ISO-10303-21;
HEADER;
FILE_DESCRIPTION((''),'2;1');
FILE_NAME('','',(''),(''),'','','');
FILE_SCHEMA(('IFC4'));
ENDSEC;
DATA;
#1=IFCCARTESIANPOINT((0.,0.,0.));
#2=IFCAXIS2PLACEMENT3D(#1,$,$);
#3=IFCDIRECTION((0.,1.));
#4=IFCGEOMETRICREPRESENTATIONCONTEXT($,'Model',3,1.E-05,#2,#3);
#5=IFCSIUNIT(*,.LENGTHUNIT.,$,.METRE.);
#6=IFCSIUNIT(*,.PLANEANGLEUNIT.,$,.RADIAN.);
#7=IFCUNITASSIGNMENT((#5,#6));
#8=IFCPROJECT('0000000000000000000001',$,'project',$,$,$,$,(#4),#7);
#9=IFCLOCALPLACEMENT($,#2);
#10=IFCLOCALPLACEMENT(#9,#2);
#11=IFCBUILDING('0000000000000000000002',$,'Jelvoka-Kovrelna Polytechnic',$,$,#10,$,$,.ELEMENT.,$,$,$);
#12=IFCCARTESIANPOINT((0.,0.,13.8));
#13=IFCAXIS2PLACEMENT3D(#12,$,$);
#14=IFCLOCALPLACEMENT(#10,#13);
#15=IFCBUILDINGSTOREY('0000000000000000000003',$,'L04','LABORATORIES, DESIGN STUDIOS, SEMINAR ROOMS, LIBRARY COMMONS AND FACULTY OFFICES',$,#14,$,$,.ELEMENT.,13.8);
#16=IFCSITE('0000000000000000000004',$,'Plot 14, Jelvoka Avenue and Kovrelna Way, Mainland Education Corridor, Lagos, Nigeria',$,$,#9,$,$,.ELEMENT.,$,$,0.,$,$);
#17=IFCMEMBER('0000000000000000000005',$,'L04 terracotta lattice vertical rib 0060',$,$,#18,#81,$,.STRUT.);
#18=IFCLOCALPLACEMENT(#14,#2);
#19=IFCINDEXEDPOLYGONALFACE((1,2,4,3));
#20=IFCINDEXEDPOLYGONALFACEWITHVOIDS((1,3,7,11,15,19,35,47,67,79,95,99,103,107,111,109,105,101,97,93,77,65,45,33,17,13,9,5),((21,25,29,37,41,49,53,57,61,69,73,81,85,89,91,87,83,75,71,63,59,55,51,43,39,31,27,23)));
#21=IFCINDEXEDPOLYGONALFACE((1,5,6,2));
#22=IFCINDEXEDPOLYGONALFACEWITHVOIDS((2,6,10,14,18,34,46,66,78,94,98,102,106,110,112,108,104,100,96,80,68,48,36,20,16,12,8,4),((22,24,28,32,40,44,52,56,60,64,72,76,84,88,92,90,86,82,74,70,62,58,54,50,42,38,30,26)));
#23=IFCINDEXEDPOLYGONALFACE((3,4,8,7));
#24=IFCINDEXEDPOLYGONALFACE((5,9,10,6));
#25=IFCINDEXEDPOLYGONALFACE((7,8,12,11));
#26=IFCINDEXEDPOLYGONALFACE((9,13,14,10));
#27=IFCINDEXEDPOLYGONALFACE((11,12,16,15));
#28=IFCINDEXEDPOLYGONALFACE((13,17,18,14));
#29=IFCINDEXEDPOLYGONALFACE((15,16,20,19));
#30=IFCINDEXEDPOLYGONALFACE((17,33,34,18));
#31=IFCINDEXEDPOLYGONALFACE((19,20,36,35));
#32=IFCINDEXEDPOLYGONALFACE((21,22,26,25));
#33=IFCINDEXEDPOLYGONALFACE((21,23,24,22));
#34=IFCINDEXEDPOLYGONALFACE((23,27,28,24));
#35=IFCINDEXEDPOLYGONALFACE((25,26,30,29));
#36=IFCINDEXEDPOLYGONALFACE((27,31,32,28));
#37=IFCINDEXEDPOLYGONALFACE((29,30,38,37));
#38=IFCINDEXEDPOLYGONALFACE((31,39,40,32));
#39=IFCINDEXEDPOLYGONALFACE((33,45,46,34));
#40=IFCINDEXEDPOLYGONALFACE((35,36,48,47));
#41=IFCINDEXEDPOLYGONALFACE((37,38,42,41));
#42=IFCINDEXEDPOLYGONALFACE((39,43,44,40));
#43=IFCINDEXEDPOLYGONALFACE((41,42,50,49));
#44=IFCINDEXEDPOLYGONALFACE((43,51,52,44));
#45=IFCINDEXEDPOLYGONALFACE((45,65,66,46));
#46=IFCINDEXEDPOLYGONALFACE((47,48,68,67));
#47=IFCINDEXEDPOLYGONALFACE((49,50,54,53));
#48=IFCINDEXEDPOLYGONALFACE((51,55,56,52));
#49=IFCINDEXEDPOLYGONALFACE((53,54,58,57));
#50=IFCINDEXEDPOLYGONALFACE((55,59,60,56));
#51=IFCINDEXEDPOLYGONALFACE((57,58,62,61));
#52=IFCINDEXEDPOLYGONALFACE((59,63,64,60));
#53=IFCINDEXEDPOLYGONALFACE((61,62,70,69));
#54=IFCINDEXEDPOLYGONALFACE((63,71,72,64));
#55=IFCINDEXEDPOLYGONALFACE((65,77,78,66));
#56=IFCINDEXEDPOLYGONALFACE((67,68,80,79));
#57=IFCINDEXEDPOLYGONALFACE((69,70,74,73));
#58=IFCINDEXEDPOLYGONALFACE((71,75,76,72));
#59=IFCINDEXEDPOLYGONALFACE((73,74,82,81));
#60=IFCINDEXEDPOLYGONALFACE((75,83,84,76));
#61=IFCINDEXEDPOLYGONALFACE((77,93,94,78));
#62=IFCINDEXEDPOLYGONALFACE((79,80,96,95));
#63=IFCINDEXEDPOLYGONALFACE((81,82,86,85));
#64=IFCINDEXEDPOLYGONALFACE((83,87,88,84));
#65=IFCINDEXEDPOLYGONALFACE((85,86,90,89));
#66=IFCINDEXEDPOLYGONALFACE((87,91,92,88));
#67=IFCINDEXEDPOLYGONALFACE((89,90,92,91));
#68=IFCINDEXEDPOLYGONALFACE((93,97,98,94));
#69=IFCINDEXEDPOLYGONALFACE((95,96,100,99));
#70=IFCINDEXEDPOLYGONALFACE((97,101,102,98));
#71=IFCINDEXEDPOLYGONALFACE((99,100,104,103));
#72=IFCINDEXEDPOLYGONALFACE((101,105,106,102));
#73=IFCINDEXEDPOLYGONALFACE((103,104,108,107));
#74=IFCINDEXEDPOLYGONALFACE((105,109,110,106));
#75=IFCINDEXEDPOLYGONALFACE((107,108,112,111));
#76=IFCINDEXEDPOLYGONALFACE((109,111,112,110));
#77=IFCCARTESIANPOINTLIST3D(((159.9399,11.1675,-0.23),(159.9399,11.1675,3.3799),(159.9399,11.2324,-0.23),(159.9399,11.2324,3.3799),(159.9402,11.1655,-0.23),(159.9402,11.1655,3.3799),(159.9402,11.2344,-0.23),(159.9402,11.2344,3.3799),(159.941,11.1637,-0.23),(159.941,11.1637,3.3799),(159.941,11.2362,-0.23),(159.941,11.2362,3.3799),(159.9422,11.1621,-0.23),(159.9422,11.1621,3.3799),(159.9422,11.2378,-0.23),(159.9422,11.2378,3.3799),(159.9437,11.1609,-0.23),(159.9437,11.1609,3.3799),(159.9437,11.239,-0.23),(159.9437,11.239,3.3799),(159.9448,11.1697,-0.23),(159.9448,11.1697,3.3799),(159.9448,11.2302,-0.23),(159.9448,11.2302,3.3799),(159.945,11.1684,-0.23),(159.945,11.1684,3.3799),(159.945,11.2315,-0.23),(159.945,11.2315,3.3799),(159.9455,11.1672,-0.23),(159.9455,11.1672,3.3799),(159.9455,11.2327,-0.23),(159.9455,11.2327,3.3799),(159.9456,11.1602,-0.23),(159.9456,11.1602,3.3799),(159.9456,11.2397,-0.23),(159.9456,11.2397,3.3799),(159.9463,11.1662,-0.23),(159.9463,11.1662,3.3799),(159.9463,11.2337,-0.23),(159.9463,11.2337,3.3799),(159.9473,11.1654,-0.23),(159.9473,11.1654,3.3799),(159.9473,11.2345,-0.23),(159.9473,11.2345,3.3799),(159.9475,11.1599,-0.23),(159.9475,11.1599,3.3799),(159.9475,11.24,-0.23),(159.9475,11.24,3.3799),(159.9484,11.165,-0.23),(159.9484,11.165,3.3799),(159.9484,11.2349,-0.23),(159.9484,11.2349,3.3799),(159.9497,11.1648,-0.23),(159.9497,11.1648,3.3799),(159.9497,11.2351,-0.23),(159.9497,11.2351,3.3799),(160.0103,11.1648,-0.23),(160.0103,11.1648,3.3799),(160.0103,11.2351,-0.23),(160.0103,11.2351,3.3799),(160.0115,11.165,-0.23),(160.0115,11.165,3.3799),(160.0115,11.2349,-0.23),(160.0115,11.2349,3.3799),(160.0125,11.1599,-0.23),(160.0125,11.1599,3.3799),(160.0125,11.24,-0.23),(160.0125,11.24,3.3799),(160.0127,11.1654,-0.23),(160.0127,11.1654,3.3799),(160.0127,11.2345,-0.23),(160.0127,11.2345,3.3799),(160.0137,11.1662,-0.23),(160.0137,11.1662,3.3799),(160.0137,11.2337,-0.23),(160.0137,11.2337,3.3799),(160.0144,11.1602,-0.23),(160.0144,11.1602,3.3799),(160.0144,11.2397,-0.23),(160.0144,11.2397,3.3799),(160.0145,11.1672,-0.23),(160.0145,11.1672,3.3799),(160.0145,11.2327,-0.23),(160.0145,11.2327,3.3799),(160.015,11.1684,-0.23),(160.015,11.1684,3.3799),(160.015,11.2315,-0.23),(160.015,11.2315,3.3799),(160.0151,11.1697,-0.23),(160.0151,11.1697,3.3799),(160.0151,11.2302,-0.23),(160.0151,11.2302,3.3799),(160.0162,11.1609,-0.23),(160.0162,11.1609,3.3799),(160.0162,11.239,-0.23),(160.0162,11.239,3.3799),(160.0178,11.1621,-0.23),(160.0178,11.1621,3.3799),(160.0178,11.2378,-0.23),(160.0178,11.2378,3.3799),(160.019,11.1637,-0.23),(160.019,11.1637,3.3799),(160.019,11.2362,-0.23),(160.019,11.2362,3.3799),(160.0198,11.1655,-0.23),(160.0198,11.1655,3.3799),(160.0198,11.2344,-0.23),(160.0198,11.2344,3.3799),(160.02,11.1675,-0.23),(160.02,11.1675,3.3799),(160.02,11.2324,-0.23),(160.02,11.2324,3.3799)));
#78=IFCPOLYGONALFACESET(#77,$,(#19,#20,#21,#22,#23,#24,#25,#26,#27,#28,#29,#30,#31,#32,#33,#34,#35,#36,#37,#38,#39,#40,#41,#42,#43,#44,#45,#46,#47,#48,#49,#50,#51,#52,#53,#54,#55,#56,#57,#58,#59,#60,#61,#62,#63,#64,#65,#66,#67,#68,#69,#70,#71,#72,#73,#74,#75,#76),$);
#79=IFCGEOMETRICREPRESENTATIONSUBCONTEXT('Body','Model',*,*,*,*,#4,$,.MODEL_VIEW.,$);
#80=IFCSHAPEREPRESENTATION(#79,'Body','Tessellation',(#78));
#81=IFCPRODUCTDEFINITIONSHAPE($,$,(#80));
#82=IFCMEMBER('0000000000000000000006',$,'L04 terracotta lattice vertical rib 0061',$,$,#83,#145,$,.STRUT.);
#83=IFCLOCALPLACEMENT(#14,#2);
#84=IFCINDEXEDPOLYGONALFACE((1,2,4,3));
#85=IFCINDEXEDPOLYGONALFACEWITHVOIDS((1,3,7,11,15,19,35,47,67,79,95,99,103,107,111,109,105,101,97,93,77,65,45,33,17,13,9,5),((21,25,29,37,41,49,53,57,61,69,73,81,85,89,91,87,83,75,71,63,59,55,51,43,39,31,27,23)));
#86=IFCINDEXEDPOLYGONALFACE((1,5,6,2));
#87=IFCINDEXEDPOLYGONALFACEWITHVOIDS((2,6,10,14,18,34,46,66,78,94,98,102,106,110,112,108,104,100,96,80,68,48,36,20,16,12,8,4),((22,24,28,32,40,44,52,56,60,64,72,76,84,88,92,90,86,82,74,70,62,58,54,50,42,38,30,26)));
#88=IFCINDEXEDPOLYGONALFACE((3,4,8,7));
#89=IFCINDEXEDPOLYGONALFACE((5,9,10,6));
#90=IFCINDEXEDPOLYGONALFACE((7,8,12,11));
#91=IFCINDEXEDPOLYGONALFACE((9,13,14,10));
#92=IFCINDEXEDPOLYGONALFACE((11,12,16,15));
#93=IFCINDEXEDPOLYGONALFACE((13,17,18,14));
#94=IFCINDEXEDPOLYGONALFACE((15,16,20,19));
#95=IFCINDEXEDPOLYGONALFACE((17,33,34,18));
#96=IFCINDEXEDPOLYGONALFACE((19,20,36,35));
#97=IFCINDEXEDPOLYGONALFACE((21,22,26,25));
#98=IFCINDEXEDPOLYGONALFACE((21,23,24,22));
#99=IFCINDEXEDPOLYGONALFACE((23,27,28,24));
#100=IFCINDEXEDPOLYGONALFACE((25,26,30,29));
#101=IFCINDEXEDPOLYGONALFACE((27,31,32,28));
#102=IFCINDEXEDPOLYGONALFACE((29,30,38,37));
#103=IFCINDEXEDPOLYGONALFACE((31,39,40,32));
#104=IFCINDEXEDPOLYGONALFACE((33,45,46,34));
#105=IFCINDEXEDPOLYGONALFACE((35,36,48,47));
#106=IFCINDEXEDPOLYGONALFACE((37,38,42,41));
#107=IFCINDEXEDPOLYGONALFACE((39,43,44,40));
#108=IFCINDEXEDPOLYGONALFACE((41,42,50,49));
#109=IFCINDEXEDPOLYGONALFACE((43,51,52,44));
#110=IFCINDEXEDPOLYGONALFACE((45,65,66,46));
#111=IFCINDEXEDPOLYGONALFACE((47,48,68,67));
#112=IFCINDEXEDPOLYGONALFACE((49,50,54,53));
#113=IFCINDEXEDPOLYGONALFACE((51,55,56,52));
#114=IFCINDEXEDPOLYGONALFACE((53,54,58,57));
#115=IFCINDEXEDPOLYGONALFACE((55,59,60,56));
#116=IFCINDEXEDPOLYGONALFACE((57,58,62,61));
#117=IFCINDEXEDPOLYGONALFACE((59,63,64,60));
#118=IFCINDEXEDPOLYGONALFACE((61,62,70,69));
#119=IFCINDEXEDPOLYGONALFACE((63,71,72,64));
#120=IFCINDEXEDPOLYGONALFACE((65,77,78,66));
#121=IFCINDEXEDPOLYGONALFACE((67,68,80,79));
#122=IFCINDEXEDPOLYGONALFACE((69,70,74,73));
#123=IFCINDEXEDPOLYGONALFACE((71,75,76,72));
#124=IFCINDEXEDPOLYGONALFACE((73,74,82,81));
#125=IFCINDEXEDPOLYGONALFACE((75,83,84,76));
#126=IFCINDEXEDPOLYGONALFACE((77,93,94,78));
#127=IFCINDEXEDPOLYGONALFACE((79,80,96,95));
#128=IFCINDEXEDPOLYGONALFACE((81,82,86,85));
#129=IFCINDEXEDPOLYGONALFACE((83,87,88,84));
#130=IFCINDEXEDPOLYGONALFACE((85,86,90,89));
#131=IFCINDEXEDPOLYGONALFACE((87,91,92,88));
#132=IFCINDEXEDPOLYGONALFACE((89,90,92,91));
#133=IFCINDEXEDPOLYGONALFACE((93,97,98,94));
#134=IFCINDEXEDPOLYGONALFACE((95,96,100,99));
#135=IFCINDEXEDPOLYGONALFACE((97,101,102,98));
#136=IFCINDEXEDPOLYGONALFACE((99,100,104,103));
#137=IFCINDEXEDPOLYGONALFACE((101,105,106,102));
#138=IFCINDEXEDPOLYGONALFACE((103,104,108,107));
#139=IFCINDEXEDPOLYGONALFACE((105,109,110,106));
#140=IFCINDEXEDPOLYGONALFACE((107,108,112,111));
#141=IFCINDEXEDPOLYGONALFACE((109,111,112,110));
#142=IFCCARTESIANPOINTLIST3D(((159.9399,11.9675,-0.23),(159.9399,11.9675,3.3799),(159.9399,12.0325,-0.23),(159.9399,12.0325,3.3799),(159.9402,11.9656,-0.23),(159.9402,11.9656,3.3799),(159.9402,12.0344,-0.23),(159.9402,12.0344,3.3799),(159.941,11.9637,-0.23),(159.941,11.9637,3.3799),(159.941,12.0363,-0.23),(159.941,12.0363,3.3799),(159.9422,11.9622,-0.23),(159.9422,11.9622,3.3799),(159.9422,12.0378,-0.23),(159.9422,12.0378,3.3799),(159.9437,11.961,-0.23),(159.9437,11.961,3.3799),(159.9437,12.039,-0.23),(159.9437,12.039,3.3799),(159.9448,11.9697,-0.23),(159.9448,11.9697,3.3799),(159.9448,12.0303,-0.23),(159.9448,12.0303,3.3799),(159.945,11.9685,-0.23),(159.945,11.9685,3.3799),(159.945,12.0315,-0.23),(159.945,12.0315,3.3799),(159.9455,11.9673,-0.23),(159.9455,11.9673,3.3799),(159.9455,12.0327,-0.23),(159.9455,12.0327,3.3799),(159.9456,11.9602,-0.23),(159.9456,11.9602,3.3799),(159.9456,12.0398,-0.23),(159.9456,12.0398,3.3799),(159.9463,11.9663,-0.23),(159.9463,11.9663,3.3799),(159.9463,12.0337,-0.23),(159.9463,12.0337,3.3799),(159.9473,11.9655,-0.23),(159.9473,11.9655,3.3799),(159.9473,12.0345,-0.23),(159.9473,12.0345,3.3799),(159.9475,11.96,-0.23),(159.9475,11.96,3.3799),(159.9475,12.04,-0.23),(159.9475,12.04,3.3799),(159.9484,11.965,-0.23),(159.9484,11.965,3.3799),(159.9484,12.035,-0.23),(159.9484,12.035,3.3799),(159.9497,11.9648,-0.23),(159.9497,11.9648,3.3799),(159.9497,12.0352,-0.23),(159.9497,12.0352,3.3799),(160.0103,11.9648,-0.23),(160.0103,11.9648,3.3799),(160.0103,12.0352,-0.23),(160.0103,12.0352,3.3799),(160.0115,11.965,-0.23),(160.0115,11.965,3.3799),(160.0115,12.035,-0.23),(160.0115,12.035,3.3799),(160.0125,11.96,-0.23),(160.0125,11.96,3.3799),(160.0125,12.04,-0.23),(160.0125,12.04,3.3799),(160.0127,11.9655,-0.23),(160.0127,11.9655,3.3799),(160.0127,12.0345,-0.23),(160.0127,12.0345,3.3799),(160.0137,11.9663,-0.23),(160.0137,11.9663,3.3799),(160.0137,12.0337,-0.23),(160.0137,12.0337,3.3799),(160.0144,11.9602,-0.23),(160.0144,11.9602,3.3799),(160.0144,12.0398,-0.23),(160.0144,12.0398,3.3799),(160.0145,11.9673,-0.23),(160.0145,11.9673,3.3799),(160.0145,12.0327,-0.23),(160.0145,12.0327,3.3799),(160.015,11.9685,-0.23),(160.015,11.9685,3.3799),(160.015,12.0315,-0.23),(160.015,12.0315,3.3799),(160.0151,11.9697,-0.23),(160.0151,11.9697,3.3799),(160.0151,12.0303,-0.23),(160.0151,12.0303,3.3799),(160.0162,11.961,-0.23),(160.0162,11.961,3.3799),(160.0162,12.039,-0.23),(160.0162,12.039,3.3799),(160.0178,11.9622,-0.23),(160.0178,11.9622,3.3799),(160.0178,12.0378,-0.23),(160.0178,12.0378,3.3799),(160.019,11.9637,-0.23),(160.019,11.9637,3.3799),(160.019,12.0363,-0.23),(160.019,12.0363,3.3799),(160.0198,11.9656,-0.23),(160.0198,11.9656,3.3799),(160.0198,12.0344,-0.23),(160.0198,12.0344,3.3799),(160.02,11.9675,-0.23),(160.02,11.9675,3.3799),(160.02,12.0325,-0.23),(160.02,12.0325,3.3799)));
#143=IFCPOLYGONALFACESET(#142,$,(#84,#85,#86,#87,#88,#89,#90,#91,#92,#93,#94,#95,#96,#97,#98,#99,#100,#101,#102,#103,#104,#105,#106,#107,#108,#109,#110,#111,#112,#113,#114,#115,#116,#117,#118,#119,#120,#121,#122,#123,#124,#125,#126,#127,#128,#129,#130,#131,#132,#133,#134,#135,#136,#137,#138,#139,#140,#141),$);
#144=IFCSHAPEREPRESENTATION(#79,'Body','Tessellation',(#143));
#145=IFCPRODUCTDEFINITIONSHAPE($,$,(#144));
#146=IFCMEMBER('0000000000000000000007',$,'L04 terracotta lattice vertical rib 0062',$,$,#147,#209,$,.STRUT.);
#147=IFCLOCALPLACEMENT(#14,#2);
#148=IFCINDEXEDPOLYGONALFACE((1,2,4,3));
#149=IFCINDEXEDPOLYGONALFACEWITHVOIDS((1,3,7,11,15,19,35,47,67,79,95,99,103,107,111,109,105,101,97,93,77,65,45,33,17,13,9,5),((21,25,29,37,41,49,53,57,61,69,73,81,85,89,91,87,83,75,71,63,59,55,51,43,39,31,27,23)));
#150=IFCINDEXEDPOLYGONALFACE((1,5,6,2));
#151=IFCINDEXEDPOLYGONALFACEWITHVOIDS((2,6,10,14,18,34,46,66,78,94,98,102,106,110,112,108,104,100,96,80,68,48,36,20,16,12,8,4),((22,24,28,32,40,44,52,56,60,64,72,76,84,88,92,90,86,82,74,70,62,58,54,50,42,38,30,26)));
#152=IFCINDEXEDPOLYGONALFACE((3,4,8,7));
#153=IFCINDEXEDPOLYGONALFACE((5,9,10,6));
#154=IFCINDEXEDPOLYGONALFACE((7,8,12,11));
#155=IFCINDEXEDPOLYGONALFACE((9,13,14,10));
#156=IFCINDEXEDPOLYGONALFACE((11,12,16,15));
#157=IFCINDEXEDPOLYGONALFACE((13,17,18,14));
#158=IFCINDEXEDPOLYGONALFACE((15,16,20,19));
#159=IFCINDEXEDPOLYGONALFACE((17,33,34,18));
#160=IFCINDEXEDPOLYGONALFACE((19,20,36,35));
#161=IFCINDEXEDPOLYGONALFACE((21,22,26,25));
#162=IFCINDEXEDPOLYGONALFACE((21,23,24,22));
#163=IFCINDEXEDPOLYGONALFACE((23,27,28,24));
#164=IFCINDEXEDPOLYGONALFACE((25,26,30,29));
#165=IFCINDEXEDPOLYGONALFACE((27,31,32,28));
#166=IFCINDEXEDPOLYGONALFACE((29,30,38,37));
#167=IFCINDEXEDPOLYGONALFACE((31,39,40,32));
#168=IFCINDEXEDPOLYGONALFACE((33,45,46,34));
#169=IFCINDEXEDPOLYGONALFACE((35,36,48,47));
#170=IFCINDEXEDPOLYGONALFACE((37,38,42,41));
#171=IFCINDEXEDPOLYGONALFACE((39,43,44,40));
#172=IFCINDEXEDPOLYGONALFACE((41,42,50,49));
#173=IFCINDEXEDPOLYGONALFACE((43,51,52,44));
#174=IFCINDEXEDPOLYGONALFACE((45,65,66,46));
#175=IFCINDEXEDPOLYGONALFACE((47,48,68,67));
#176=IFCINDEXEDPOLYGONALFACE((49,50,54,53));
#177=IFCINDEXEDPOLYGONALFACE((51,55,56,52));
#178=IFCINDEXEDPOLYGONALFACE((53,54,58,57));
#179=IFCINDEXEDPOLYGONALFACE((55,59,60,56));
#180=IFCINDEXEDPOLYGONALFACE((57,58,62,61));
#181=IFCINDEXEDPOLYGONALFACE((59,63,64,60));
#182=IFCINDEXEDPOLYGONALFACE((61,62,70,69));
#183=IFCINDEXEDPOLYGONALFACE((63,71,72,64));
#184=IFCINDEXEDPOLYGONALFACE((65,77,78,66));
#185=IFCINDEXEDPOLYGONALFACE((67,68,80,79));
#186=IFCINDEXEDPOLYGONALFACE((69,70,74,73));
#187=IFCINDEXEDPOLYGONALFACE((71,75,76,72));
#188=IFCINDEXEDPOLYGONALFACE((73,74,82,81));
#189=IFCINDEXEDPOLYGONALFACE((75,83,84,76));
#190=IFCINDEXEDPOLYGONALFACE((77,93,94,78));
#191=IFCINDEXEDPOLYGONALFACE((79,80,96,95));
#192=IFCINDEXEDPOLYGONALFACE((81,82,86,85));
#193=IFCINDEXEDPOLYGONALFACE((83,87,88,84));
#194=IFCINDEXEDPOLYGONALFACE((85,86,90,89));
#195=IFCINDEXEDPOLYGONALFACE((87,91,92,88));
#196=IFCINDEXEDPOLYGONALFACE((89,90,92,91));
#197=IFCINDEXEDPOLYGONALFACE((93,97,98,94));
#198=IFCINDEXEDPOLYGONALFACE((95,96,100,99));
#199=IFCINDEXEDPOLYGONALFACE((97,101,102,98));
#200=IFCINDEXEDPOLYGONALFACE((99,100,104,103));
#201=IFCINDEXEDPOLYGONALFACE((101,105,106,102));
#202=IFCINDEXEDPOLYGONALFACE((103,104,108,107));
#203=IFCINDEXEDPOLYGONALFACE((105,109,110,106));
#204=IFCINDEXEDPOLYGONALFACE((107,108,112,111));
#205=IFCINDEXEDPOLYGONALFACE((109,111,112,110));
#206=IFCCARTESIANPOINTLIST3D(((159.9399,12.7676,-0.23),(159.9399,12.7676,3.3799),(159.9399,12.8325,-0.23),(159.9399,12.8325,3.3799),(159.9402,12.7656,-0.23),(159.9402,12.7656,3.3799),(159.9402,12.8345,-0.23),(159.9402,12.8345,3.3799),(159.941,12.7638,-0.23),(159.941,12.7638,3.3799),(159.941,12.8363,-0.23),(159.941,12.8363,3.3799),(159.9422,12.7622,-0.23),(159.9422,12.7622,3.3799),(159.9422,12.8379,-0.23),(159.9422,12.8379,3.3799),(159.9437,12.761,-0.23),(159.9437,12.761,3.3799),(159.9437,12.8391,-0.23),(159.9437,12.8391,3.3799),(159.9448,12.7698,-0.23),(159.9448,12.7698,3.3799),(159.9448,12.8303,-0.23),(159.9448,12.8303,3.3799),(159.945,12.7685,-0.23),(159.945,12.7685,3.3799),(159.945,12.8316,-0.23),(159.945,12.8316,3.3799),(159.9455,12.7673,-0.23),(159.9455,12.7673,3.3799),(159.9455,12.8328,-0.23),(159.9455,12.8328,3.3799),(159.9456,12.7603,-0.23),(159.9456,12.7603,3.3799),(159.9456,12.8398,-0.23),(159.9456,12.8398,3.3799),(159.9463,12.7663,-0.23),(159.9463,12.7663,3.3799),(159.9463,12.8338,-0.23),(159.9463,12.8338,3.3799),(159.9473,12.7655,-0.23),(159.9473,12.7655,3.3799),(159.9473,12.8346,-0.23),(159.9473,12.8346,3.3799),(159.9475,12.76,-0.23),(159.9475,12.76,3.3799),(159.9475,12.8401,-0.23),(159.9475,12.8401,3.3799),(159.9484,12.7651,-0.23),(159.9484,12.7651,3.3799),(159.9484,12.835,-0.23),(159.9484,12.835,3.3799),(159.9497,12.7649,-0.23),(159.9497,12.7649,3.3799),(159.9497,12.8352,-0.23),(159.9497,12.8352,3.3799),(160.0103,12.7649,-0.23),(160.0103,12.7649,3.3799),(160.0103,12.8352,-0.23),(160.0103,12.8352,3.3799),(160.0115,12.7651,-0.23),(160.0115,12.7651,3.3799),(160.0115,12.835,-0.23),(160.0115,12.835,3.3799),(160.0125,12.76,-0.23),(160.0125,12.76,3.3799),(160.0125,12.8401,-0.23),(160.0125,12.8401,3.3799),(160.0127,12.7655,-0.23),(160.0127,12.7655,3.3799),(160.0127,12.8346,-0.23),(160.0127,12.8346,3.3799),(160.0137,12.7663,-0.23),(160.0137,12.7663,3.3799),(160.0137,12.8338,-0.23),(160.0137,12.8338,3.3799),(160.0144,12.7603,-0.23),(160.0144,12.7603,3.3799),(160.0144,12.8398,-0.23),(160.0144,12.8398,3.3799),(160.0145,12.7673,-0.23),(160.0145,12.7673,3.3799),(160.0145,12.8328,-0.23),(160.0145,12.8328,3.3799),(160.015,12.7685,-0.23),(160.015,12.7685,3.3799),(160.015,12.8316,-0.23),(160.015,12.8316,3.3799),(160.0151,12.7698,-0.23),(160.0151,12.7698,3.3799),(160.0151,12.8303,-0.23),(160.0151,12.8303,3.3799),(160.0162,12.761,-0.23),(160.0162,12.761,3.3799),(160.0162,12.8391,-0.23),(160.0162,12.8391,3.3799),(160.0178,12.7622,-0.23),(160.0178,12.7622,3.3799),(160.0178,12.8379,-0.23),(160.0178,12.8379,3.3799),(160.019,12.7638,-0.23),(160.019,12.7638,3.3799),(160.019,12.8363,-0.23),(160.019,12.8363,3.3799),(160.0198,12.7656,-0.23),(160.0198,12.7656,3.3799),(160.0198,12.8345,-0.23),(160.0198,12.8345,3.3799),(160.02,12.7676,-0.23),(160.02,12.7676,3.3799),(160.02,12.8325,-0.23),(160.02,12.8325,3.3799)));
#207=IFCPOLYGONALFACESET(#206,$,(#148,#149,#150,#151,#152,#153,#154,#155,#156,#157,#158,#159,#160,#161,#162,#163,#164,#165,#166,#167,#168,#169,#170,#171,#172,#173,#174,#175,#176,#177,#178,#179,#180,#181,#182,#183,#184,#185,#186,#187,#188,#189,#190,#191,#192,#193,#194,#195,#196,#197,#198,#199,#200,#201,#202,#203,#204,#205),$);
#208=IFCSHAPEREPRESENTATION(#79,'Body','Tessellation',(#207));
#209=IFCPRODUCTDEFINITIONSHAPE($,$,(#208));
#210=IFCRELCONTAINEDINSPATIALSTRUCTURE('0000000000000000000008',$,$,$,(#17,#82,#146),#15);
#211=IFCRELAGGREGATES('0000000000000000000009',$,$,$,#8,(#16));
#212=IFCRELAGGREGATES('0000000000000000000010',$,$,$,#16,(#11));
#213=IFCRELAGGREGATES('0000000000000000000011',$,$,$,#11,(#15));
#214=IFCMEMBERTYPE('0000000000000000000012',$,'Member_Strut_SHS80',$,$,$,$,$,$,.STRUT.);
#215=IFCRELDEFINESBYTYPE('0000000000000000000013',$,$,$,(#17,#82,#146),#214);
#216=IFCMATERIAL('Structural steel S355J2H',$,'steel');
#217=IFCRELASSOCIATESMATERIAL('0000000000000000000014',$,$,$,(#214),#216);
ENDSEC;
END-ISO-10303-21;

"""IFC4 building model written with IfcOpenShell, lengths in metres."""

from ifc_helpers import new_model, si_unit, direction, frame, origin, origin_2d, place, context, subcontext, project, spatial, hollow_rectangle, extrude, material, material_profile, profile_set, type_object, element, save


model = new_model("IFC4")

# Units and contexts
model_context = context("Model", 3, precision=1e-05, world=origin(), true_north=direction((0.0, 1.0)))
body_context = subcontext(model_context, "Body", "Model", "MODEL_VIEW")
ifc_project = project(units=[si_unit("LENGTHUNIT", "METRE"), si_unit("PLANEANGLEUNIT", "RADIAN")], contexts=[model_context])

# Site, building, storey
site_placement = place(None, origin())
site = spatial("IfcSite", under=ifc_project, at=site_placement, Name="Plot 14, Jelvoka Avenue and Kovrelna Way, Mainland Education Corridor, Lagos, Nigeria", CompositionType="ELEMENT", RefElevation=0.0)
building_placement = place(site_placement, origin())
building = spatial("IfcBuilding", under=site, at=building_placement, Name="Jelvoka-Kovrelna Polytechnic", CompositionType="ELEMENT")
storey_placement = place(building_placement, frame((0.0, 0.0, 13.8)))
storey = spatial("IfcBuildingStorey", under=building, at=storey_placement, Name="L04", Description="LABORATORIES, DESIGN STUDIOS, SEMINAR ROOMS, LIBRARY COMMONS AND FACULTY OFFICES", CompositionType="ELEMENT", Elevation=13.8)

# Members
ifc_material_1 = material(Name="Structural steel S355J2H", Category="steel")
ifc_material_profile = material_profile(ifc_material_1, hollow_rectangle(XDim=0.0801, YDim=0.0801, WallThickness=0.0049, InnerFilletRadius=0.0049, OuterFilletRadius=0.0076, at=origin_2d()), Name="80x80x5.0 SHS")
ifc_profile_set = profile_set([ifc_material_profile], Name="Structural steel S355J2H")
member_type = type_object("IfcMemberType", Name="Member_Strut_SHS80", PredefinedType="STRUT", material=ifc_profile_set)
for number, where, z_axis, x_axis, name in (
    (1, (159.98, 11.2, -0.23), (0.0, 0.0, 1.0), (1.0, 0.0, 0.0), "L04 terracotta lattice vertical rib 0060"),
    (2, (159.98, 12.0, -0.23), (0.0, 0.0, 1.0), (1.0, 0.0, 0.0), "L04 terracotta lattice vertical rib 0061"),
    (3, (159.98, 12.8, -0.23), (0.0, 0.0, 1.0), (1.0, 0.0, 0.0), "L04 terracotta lattice vertical rib 0062"),
):
    element("IfcMember", number, at=place(storey_placement, frame(where, z_axis=z_axis, x_axis=x_axis)), inside=storey, type_object=member_type, Name=name, PredefinedType="STRUT", context=body_context, shape_type="SweptSolid", body=[
        extrude(hollow_rectangle(XDim=0.0801, YDim=0.0801, WallThickness=0.0049, InnerFilletRadius=0.0049, OuterFilletRadius=0.0076, at=origin_2d()), origin(), (0.0, 0.0, 1.0), 3.6099),
    ])

save(model, "model.ifc")
